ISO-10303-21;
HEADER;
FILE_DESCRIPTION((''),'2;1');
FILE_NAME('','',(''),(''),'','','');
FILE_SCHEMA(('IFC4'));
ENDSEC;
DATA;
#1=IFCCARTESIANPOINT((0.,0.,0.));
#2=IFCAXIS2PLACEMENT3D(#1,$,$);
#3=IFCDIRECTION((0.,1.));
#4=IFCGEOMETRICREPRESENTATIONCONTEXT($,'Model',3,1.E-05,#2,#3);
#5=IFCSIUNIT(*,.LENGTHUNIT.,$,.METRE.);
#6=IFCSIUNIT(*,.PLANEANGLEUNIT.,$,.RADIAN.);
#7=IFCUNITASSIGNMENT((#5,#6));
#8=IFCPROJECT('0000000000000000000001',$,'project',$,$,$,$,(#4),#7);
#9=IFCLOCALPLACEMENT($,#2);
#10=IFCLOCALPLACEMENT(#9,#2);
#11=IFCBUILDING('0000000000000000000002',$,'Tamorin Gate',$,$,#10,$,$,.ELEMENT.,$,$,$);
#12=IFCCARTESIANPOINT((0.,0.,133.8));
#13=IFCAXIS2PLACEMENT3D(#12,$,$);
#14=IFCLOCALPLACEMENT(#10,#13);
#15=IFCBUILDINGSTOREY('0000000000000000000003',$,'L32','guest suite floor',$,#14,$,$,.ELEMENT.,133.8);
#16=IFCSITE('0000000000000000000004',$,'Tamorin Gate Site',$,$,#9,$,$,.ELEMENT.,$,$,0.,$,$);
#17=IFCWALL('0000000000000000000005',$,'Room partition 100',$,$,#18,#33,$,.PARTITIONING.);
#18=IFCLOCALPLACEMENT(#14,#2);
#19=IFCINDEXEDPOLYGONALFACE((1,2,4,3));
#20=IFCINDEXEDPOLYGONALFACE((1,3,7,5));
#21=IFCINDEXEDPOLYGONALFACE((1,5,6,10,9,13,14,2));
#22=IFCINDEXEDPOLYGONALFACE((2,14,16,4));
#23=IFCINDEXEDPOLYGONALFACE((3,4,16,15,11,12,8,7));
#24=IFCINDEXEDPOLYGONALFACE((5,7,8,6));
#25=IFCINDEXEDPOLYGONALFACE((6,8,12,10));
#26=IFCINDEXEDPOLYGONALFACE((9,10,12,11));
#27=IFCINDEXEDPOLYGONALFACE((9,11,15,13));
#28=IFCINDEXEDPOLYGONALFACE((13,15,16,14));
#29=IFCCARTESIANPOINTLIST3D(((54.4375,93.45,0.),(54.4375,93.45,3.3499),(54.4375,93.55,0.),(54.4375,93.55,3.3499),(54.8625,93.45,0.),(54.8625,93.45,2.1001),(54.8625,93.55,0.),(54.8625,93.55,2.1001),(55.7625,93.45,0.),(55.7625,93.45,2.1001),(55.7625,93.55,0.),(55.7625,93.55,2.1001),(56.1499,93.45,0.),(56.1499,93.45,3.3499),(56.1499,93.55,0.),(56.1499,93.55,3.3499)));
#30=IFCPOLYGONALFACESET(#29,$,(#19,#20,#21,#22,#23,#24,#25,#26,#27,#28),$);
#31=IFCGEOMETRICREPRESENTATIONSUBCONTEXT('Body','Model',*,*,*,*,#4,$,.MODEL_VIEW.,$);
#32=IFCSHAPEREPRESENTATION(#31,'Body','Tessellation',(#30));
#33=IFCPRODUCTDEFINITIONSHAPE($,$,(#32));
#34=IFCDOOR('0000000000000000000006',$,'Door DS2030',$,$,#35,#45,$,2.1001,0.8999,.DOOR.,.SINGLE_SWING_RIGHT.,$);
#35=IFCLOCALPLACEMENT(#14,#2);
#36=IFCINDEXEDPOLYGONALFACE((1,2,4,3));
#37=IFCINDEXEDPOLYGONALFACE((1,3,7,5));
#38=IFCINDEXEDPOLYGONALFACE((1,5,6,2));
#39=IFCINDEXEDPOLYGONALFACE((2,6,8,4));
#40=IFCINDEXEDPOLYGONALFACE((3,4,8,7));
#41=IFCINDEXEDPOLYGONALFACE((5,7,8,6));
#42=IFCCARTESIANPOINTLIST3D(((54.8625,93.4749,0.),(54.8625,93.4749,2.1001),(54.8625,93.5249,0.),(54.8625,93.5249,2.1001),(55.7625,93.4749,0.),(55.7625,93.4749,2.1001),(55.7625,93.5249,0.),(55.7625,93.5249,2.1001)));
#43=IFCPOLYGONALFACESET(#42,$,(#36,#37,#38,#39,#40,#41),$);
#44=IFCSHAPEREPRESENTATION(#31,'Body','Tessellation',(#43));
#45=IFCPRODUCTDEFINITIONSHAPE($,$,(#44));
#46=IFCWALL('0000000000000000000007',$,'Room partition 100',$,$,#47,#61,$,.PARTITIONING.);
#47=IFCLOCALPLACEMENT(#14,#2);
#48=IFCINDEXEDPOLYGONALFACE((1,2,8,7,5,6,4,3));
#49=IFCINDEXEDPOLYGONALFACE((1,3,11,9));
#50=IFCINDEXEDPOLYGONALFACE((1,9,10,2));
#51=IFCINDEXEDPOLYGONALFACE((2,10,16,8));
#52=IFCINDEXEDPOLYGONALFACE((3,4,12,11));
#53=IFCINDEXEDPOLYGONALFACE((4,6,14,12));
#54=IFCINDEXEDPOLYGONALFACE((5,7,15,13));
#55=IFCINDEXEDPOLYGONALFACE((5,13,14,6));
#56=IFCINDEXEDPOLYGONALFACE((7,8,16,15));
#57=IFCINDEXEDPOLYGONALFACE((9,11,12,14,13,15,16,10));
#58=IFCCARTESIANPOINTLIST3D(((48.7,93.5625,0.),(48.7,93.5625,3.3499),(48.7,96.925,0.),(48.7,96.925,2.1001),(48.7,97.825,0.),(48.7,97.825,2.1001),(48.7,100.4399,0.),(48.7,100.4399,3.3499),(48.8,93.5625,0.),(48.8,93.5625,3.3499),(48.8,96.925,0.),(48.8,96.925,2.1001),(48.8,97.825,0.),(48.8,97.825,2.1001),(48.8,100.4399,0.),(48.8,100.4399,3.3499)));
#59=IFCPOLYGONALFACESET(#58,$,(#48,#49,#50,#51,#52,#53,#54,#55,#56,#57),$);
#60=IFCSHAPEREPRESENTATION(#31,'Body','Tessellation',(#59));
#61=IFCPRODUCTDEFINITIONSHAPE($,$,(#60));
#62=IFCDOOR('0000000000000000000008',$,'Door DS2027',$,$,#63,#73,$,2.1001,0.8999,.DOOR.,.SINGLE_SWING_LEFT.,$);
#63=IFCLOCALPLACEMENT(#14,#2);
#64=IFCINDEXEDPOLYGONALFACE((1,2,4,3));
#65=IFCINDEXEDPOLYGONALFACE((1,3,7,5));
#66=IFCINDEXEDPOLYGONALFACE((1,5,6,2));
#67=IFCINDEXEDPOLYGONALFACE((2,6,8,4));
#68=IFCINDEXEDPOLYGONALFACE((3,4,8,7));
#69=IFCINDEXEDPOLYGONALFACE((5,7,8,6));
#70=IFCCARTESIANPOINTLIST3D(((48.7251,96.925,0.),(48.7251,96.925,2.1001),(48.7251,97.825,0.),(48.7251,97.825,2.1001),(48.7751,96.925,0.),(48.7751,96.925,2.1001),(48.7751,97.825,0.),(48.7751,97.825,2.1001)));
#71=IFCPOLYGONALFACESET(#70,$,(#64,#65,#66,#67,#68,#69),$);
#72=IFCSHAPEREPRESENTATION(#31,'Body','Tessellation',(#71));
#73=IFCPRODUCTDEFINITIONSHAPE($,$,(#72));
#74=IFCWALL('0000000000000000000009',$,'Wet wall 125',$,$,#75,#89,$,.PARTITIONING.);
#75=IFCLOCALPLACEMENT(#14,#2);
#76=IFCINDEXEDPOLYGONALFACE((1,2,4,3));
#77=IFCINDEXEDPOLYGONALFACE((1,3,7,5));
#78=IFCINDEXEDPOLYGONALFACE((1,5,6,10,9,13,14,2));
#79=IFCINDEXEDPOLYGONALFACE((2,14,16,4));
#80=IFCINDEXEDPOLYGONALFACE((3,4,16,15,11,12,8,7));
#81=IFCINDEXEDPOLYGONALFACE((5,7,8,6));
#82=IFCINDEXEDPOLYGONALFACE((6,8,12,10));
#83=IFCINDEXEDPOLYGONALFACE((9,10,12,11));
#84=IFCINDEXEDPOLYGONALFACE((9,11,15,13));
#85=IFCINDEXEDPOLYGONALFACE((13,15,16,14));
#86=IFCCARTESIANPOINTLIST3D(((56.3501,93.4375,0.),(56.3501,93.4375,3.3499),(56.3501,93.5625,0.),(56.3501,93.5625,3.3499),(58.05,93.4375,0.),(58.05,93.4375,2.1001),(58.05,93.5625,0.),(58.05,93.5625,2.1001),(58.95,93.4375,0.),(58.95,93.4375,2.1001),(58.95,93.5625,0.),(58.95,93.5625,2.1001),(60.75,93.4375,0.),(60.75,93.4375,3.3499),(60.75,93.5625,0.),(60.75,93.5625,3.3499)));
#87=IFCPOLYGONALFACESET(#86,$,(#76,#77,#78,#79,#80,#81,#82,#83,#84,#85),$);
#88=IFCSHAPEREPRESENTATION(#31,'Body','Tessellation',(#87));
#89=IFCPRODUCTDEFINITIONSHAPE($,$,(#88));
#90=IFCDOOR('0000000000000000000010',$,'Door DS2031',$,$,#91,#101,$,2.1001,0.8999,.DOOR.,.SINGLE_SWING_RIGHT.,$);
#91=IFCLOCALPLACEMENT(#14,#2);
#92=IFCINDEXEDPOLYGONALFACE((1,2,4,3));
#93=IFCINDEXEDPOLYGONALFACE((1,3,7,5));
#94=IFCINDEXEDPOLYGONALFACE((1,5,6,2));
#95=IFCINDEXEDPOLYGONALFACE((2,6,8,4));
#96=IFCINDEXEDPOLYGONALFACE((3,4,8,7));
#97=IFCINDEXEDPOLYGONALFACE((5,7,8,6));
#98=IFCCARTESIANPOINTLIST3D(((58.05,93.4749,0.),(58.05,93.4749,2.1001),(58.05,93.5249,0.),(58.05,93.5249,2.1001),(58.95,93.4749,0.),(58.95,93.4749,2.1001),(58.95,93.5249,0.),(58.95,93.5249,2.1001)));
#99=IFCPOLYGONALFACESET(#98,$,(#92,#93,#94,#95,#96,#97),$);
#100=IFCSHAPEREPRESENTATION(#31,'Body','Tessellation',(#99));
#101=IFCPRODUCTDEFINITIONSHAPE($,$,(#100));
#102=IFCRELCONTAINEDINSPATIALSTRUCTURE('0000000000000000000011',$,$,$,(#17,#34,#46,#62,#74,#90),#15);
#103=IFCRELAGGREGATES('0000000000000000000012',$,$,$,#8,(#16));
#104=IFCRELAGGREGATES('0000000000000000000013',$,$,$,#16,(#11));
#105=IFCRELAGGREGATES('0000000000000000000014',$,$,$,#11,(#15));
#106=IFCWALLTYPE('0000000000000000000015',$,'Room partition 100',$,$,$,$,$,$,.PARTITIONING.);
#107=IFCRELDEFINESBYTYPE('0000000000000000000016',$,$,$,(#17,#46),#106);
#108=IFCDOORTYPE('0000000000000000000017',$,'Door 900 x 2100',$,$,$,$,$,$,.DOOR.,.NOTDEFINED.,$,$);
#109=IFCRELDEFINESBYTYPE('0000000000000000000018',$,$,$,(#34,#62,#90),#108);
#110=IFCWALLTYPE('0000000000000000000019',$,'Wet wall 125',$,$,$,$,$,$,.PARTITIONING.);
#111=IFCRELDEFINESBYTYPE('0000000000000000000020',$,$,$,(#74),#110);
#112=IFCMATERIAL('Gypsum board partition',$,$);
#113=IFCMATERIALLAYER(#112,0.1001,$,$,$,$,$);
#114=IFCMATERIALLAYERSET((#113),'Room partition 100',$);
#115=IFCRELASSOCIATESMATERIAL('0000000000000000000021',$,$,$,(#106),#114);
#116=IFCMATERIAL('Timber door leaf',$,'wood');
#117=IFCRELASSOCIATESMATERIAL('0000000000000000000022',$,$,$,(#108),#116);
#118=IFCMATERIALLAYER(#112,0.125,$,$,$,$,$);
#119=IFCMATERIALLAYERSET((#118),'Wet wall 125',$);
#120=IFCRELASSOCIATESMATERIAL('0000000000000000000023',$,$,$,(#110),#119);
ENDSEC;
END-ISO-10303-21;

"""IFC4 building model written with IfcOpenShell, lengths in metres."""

from ifc_helpers import new_model, si_unit, direction, frame, frame_2d, origin, place, context, subcontext, project, spatial, rectangle, extrude, material, layer, layer_set, type_object, element, fill, save


model = new_model("IFC4")

# Units and contexts
model_context = context("Model", 3, precision=1e-05, world=origin(), true_north=direction((0.0, 1.0)))
body_context = subcontext(model_context, "Body", "Model", "MODEL_VIEW")
ifc_project = project(units=[si_unit("LENGTHUNIT", "METRE"), si_unit("PLANEANGLEUNIT", "RADIAN")], contexts=[model_context])

# Site, building, storey
site_placement = place(None, origin())
site = spatial("IfcSite", under=ifc_project, at=site_placement, Name="Tamorin Gate Site", CompositionType="ELEMENT", RefElevation=0.0)
building_placement = place(site_placement, origin())
building = spatial("IfcBuilding", under=site, at=building_placement, Name="Tamorin Gate", CompositionType="ELEMENT")
storey_placement = place(building_placement, frame((0.0, 0.0, 133.8)))
storey = spatial("IfcBuildingStorey", under=building, at=storey_placement, Name="L32", Description="guest suite floor", CompositionType="ELEMENT", Elevation=133.8)

# Walls, openings, doors
ifc_material_1 = material(Name="Gypsum board partition")
ifc_layer_1 = layer(ifc_material_1, 0.1001)
ifc_layer_set_1 = layer_set([ifc_layer_1], Name="Room partition 100")
wall_type_1 = type_object("IfcWallType", Name="Room partition 100", PredefinedType="PARTITIONING", material=ifc_layer_set_1)
wall_1_placement = place(storey_placement, frame((54.4375, 93.5, 0.0), z_axis=(0.0, 0.0, 1.0), x_axis=(1.0, 0.0, 0.0)))
wall_1 = element("IfcWall", 1, at=wall_1_placement, inside=storey, type_object=wall_type_1, Name="Room partition 100", PredefinedType="PARTITIONING", context=body_context, shape_type="SweptSolid", body=[
    extrude(rectangle(XDim=1.7124, YDim=0.1001, at=frame_2d((0.8562, 0.0))), origin(), (0.0, 0.0, 1.0), 3.3499),
])
opening_1_placement = place(wall_1_placement, frame((0.425, 0.0, 0.0)))
opening_1 = element("IfcOpeningElement", 2, at=opening_1_placement, cuts=wall_1, PredefinedType="OPENING", context=body_context, shape_type="SweptSolid", body=[
    extrude(rectangle(XDim=0.8999, YDim=2.1001, at=frame_2d((0.45, 1.05))), frame((0.0, 0.0601, 0.0), z_axis=(0.0, -1.0, 0.0), x_axis=(1.0, 0.0, 0.0)), (0.0, 0.0, 1.0), 0.1201),
])
ifc_material_2 = material(Name="Timber door leaf", Category="wood")
door_type = type_object("IfcDoorType", Name="Door 900 x 2100", OperationType="NOTDEFINED", PredefinedType="DOOR", material=ifc_material_2)
door_1_placement = place(opening_1_placement, origin())
door_1 = element("IfcDoor", 3, at=door_1_placement, inside=storey, type_object=door_type, Name="Door DS2030", OperationType="SINGLE_SWING_RIGHT", OverallHeight=2.1001, OverallWidth=0.8999, PredefinedType="DOOR", context=body_context, shape_type="SweptSolid", body=[
    extrude(rectangle(XDim=0.8999, YDim=2.1001, at=frame_2d((0.45, 1.05))), frame((0.0, 0.0249, 0.0), z_axis=(0.0, -1.0, 0.0), x_axis=(1.0, 0.0, 0.0)), (0.0, 0.0, 1.0), 0.05),
])
fill(opening_1, door_1)
wall_2_placement = place(storey_placement, frame((48.75, 93.5625, 0.0), z_axis=(0.0, 0.0, 1.0), x_axis=(0.0, 1.0, 0.0)))
wall_2 = element("IfcWall", 4, at=wall_2_placement, inside=storey, type_object=wall_type_1, Name="Room partition 100", PredefinedType="PARTITIONING", context=body_context, shape_type="SweptSolid", body=[
    extrude(rectangle(XDim=6.8774, YDim=0.1001, at=frame_2d((3.4387, 0.0))), origin(), (0.0, 0.0, 1.0), 3.3499),
])
opening_2_placement = place(wall_2_placement, frame((3.3625, 0.0, 0.0)))
opening_2 = element("IfcOpeningElement", 5, at=opening_2_placement, cuts=wall_2, PredefinedType="OPENING", context=body_context, shape_type="SweptSolid", body=[
    extrude(rectangle(XDim=0.8999, YDim=2.1001, at=frame_2d((0.45, 1.05))), frame((0.0, 0.0601, 0.0), z_axis=(0.0, -1.0, 0.0), x_axis=(1.0, 0.0, 0.0)), (0.0, 0.0, 1.0), 0.1201),
])
door_2_placement = place(opening_2_placement, origin())
door_2 = element("IfcDoor", 6, at=door_2_placement, inside=storey, type_object=door_type, Name="Door DS2027", OperationType="SINGLE_SWING_LEFT", OverallHeight=2.1001, OverallWidth=0.8999, PredefinedType="DOOR", context=body_context, shape_type="SweptSolid", body=[
    extrude(rectangle(XDim=0.8999, YDim=2.1001, at=frame_2d((0.45, 1.05))), frame((0.0, 0.0249, 0.0), z_axis=(0.0, -1.0, 0.0), x_axis=(1.0, 0.0, 0.0)), (0.0, 0.0, 1.0), 0.05),
])
fill(opening_2, door_2)
ifc_layer_2 = layer(ifc_material_1, 0.125)
ifc_layer_set_2 = layer_set([ifc_layer_2], Name="Wet wall 125")
wall_type_2 = type_object("IfcWallType", Name="Wet wall 125", PredefinedType="PARTITIONING", material=ifc_layer_set_2)
wall_3_placement = place(storey_placement, frame((56.3501, 93.5, 0.0), z_axis=(0.0, 0.0, 1.0), x_axis=(1.0, 0.0, 0.0)))
wall_3 = element("IfcWall", 7, at=wall_3_placement, inside=storey, type_object=wall_type_2, Name="Wet wall 125", PredefinedType="PARTITIONING", context=body_context, shape_type="SweptSolid", body=[
    extrude(rectangle(XDim=4.3999, YDim=0.125, at=frame_2d((2.2, 0.0))), origin(), (0.0, 0.0, 1.0), 3.3499),
])
opening_3_placement = place(wall_3_placement, frame((1.7, 0.0, 0.0)))
opening_3 = element("IfcOpeningElement", 8, at=opening_3_placement, cuts=wall_3, PredefinedType="OPENING", context=body_context, shape_type="SweptSolid", body=[
    extrude(rectangle(XDim=0.8999, YDim=2.1001, at=frame_2d((0.45, 1.05))), frame((0.0, 0.0725, 0.0), z_axis=(0.0, -1.0, 0.0), x_axis=(1.0, 0.0, 0.0)), (0.0, 0.0, 1.0), 0.145),
])
door_3_placement = place(opening_3_placement, origin())
door_3 = element("IfcDoor", 9, at=door_3_placement, inside=storey, type_object=door_type, Name="Door DS2031", OperationType="SINGLE_SWING_RIGHT", OverallHeight=2.1001, OverallWidth=0.8999, PredefinedType="DOOR", context=body_context, shape_type="SweptSolid", body=[
    extrude(rectangle(XDim=0.8999, YDim=2.1001, at=frame_2d((0.45, 1.05))), frame((0.0, 0.0249, 0.0), z_axis=(0.0, -1.0, 0.0), x_axis=(1.0, 0.0, 0.0)), (0.0, 0.0, 1.0), 0.05),
])
fill(opening_3, door_3)

save(model, "model.ifc")
